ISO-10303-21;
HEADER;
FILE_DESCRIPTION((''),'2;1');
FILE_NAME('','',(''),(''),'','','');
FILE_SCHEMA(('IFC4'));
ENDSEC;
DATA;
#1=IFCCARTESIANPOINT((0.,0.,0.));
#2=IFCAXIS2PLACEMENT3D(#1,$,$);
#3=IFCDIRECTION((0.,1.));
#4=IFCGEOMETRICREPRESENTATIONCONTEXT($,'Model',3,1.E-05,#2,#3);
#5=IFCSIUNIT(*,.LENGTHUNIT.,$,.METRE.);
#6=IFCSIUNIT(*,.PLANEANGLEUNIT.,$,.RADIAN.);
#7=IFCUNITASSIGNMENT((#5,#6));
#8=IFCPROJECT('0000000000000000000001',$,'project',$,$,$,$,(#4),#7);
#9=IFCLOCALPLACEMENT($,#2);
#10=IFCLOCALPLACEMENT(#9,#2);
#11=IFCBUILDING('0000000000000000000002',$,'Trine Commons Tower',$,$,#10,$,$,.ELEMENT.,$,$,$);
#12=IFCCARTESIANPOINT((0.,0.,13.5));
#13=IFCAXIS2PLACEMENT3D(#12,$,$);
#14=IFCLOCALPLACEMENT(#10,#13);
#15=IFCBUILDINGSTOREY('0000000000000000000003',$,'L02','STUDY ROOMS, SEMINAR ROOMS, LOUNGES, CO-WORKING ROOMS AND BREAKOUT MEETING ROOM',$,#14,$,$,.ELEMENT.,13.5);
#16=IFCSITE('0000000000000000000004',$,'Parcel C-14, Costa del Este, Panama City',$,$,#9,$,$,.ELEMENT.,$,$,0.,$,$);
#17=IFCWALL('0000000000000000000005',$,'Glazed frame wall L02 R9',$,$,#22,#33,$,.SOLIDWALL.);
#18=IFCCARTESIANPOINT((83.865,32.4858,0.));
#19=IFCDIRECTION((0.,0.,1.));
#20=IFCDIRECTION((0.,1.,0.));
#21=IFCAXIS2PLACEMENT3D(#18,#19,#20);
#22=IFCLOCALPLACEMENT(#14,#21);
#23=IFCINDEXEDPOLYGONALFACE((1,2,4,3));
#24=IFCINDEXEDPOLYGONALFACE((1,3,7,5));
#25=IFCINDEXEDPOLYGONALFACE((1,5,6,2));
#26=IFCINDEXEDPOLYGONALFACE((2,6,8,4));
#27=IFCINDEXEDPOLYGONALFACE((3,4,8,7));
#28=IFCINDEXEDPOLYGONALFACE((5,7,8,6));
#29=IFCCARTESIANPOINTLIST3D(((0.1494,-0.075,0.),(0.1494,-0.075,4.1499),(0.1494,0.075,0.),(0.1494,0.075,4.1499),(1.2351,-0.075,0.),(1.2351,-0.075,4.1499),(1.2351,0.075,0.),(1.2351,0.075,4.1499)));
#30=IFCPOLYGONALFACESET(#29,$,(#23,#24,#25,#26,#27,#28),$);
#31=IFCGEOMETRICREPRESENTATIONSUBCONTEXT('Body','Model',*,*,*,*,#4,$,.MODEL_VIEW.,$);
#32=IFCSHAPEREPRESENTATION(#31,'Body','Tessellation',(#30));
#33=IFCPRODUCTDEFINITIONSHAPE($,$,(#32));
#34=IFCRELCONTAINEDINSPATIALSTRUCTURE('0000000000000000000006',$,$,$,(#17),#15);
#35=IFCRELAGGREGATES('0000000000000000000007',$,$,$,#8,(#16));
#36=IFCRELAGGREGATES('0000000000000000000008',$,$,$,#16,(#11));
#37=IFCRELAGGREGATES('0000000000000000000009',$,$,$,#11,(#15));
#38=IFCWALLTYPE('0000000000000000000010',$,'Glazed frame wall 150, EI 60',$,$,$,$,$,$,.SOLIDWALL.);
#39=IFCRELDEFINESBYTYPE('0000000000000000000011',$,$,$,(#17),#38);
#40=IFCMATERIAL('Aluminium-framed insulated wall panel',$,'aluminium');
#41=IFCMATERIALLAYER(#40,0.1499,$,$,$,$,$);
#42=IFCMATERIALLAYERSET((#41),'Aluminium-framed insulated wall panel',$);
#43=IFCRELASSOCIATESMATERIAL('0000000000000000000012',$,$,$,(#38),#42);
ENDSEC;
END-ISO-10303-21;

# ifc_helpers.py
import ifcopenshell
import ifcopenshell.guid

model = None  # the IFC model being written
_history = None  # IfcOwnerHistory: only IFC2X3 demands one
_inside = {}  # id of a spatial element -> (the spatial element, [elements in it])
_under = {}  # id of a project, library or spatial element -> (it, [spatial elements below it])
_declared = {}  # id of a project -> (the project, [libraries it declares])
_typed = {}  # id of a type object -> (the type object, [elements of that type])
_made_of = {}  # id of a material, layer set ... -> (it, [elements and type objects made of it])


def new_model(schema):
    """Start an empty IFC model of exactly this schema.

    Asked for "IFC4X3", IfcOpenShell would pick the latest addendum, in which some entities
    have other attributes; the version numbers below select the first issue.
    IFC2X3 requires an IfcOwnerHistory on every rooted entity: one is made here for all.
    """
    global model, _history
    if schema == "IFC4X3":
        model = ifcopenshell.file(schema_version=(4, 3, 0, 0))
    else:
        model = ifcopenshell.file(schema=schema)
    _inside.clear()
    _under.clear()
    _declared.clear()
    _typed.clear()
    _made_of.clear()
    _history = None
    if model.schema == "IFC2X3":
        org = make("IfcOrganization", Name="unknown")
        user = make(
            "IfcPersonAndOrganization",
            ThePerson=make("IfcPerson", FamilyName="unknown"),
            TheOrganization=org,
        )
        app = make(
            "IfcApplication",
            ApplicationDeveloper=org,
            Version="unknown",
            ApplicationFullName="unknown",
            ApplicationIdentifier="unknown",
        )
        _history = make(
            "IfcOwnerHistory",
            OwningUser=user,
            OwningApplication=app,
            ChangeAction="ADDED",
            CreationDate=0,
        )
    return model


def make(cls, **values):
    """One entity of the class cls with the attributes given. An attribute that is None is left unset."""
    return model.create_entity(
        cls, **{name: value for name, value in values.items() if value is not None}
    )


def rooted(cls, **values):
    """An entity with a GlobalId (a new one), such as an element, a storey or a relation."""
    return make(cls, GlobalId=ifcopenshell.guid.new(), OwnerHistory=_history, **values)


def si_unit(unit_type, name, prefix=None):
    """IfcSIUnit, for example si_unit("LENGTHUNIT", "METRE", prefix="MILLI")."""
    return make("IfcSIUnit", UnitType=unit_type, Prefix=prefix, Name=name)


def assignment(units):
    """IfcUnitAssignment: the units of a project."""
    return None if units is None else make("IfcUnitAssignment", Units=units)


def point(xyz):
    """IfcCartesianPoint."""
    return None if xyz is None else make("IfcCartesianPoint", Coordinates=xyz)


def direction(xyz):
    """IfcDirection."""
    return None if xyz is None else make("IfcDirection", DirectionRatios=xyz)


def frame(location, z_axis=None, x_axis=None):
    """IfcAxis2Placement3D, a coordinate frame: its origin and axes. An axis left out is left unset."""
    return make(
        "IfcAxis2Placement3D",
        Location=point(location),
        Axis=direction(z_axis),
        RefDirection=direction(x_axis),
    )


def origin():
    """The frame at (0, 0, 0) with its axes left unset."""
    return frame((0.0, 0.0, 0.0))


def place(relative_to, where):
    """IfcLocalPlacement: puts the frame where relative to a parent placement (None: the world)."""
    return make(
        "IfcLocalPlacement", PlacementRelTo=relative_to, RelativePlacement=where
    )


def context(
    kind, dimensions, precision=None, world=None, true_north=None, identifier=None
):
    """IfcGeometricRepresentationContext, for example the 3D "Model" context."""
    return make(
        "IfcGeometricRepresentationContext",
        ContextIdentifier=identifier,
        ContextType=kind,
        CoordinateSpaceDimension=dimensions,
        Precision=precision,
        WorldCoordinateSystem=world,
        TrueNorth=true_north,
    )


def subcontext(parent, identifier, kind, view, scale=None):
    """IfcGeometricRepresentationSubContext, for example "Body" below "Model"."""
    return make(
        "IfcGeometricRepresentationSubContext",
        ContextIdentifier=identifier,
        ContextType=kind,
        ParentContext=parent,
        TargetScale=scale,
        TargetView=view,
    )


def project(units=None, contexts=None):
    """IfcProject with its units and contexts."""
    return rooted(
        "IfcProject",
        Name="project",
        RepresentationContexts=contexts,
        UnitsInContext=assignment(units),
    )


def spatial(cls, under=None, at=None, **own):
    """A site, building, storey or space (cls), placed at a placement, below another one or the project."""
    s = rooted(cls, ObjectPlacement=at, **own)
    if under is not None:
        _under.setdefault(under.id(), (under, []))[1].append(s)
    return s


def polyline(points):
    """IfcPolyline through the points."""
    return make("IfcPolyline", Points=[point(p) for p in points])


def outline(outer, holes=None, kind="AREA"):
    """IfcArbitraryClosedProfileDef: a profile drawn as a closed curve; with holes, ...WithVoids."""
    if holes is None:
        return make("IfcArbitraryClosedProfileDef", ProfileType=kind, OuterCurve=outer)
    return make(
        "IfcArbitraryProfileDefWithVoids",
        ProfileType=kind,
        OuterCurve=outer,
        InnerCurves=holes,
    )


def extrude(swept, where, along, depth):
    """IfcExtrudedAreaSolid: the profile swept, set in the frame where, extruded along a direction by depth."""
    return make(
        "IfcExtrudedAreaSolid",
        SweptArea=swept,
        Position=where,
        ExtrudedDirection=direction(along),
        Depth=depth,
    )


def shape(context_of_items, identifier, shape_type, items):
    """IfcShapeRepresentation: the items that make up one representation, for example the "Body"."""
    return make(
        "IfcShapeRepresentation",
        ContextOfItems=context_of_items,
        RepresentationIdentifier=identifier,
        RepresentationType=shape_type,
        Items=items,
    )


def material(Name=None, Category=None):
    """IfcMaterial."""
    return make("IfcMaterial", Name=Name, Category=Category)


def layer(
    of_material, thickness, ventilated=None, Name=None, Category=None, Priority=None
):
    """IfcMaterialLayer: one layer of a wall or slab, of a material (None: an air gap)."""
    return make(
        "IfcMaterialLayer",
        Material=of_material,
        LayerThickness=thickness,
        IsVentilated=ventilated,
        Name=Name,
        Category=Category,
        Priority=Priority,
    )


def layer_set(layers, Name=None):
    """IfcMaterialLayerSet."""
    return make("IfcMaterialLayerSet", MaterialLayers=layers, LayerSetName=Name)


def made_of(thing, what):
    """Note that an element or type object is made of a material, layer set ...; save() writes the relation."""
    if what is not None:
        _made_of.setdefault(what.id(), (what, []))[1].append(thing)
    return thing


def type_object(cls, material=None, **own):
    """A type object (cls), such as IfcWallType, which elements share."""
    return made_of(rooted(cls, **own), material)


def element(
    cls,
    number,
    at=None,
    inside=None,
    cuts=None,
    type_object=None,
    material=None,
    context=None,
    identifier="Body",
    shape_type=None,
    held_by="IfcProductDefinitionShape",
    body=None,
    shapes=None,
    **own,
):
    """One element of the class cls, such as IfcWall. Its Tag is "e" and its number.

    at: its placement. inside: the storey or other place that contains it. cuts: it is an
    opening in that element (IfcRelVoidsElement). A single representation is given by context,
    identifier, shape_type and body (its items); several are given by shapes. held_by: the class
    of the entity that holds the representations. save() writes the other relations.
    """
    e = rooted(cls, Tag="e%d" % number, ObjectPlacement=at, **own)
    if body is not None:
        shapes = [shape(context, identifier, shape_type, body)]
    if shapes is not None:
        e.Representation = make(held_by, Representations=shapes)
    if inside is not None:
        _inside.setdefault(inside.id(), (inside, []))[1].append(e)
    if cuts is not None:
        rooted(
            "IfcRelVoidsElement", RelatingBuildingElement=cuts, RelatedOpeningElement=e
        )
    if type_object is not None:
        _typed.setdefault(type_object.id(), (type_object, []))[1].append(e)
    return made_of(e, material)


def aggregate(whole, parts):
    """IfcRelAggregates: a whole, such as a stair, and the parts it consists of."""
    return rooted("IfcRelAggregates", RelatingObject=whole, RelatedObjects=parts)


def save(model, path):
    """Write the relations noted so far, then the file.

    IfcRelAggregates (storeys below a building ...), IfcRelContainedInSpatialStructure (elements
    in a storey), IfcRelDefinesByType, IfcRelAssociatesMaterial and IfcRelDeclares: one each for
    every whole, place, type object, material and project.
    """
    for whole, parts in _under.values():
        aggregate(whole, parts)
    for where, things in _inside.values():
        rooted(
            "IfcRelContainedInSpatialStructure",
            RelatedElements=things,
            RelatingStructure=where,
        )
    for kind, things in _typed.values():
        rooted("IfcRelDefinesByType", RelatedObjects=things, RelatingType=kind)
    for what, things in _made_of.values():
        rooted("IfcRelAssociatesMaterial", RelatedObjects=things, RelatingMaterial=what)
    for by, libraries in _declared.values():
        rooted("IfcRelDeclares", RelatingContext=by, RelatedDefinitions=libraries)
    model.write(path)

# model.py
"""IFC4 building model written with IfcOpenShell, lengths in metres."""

from ifc_helpers import new_model, si_unit, direction, frame, origin, place, context, subcontext, project, spatial, polyline, outline, extrude, material, layer, layer_set, type_object, element, save


model = new_model("IFC4")

# Units and contexts
model_context = context("Model", 3, precision=1e-05, world=origin(), true_north=direction((0.0, 1.0)))
body_context = subcontext(model_context, "Body", "Model", "MODEL_VIEW")
ifc_project = project(units=[si_unit("LENGTHUNIT", "METRE"), si_unit("PLANEANGLEUNIT", "RADIAN")], contexts=[model_context])

# Site, building, storey
site_placement = place(None, origin())
site = spatial("IfcSite", under=ifc_project, at=site_placement, Name="Parcel C-14, Costa del Este, Panama City", CompositionType="ELEMENT", RefElevation=0.0)
building_placement = place(site_placement, origin())
building = spatial("IfcBuilding", under=site, at=building_placement, Name="Trine Commons Tower", CompositionType="ELEMENT")
storey_placement = place(building_placement, frame((0.0, 0.0, 13.5)))
storey = spatial("IfcBuildingStorey", under=building, at=storey_placement, Name="L02", Description="STUDY ROOMS, SEMINAR ROOMS, LOUNGES, CO-WORKING ROOMS AND BREAKOUT MEETING ROOM", CompositionType="ELEMENT", Elevation=13.5)

# Wall
ifc_material_1 = material(Name="Aluminium-framed insulated wall panel", Category="aluminium")
ifc_layer_1 = layer(ifc_material_1, 0.1499)
ifc_layer_set_1 = layer_set([ifc_layer_1], Name="Aluminium-framed insulated wall panel")
wall_type = type_object("IfcWallType", Name="Glazed frame wall 150, EI 60", PredefinedType="SOLIDWALL", material=ifc_layer_set_1)
wall_placement = place(storey_placement, frame((83.865, 32.4858, 0.0), z_axis=(0.0, 0.0, 1.0), x_axis=(0.0, 1.0, 0.0)))
element("IfcWall", 1, at=wall_placement, inside=storey, type_object=wall_type, Name="Glazed frame wall L02 R9", PredefinedType="SOLIDWALL", context=body_context, shape_type="SweptSolid", body=[
    extrude(outline(polyline([(0.1494, 0.075), (0.1494, -0.075), (1.2351, -0.075), (1.2351, 0.075), (0.1494, 0.075)])), origin(), (0.0, 0.0, 1.0), 4.1499),
])

save(model, "model.ifc")
